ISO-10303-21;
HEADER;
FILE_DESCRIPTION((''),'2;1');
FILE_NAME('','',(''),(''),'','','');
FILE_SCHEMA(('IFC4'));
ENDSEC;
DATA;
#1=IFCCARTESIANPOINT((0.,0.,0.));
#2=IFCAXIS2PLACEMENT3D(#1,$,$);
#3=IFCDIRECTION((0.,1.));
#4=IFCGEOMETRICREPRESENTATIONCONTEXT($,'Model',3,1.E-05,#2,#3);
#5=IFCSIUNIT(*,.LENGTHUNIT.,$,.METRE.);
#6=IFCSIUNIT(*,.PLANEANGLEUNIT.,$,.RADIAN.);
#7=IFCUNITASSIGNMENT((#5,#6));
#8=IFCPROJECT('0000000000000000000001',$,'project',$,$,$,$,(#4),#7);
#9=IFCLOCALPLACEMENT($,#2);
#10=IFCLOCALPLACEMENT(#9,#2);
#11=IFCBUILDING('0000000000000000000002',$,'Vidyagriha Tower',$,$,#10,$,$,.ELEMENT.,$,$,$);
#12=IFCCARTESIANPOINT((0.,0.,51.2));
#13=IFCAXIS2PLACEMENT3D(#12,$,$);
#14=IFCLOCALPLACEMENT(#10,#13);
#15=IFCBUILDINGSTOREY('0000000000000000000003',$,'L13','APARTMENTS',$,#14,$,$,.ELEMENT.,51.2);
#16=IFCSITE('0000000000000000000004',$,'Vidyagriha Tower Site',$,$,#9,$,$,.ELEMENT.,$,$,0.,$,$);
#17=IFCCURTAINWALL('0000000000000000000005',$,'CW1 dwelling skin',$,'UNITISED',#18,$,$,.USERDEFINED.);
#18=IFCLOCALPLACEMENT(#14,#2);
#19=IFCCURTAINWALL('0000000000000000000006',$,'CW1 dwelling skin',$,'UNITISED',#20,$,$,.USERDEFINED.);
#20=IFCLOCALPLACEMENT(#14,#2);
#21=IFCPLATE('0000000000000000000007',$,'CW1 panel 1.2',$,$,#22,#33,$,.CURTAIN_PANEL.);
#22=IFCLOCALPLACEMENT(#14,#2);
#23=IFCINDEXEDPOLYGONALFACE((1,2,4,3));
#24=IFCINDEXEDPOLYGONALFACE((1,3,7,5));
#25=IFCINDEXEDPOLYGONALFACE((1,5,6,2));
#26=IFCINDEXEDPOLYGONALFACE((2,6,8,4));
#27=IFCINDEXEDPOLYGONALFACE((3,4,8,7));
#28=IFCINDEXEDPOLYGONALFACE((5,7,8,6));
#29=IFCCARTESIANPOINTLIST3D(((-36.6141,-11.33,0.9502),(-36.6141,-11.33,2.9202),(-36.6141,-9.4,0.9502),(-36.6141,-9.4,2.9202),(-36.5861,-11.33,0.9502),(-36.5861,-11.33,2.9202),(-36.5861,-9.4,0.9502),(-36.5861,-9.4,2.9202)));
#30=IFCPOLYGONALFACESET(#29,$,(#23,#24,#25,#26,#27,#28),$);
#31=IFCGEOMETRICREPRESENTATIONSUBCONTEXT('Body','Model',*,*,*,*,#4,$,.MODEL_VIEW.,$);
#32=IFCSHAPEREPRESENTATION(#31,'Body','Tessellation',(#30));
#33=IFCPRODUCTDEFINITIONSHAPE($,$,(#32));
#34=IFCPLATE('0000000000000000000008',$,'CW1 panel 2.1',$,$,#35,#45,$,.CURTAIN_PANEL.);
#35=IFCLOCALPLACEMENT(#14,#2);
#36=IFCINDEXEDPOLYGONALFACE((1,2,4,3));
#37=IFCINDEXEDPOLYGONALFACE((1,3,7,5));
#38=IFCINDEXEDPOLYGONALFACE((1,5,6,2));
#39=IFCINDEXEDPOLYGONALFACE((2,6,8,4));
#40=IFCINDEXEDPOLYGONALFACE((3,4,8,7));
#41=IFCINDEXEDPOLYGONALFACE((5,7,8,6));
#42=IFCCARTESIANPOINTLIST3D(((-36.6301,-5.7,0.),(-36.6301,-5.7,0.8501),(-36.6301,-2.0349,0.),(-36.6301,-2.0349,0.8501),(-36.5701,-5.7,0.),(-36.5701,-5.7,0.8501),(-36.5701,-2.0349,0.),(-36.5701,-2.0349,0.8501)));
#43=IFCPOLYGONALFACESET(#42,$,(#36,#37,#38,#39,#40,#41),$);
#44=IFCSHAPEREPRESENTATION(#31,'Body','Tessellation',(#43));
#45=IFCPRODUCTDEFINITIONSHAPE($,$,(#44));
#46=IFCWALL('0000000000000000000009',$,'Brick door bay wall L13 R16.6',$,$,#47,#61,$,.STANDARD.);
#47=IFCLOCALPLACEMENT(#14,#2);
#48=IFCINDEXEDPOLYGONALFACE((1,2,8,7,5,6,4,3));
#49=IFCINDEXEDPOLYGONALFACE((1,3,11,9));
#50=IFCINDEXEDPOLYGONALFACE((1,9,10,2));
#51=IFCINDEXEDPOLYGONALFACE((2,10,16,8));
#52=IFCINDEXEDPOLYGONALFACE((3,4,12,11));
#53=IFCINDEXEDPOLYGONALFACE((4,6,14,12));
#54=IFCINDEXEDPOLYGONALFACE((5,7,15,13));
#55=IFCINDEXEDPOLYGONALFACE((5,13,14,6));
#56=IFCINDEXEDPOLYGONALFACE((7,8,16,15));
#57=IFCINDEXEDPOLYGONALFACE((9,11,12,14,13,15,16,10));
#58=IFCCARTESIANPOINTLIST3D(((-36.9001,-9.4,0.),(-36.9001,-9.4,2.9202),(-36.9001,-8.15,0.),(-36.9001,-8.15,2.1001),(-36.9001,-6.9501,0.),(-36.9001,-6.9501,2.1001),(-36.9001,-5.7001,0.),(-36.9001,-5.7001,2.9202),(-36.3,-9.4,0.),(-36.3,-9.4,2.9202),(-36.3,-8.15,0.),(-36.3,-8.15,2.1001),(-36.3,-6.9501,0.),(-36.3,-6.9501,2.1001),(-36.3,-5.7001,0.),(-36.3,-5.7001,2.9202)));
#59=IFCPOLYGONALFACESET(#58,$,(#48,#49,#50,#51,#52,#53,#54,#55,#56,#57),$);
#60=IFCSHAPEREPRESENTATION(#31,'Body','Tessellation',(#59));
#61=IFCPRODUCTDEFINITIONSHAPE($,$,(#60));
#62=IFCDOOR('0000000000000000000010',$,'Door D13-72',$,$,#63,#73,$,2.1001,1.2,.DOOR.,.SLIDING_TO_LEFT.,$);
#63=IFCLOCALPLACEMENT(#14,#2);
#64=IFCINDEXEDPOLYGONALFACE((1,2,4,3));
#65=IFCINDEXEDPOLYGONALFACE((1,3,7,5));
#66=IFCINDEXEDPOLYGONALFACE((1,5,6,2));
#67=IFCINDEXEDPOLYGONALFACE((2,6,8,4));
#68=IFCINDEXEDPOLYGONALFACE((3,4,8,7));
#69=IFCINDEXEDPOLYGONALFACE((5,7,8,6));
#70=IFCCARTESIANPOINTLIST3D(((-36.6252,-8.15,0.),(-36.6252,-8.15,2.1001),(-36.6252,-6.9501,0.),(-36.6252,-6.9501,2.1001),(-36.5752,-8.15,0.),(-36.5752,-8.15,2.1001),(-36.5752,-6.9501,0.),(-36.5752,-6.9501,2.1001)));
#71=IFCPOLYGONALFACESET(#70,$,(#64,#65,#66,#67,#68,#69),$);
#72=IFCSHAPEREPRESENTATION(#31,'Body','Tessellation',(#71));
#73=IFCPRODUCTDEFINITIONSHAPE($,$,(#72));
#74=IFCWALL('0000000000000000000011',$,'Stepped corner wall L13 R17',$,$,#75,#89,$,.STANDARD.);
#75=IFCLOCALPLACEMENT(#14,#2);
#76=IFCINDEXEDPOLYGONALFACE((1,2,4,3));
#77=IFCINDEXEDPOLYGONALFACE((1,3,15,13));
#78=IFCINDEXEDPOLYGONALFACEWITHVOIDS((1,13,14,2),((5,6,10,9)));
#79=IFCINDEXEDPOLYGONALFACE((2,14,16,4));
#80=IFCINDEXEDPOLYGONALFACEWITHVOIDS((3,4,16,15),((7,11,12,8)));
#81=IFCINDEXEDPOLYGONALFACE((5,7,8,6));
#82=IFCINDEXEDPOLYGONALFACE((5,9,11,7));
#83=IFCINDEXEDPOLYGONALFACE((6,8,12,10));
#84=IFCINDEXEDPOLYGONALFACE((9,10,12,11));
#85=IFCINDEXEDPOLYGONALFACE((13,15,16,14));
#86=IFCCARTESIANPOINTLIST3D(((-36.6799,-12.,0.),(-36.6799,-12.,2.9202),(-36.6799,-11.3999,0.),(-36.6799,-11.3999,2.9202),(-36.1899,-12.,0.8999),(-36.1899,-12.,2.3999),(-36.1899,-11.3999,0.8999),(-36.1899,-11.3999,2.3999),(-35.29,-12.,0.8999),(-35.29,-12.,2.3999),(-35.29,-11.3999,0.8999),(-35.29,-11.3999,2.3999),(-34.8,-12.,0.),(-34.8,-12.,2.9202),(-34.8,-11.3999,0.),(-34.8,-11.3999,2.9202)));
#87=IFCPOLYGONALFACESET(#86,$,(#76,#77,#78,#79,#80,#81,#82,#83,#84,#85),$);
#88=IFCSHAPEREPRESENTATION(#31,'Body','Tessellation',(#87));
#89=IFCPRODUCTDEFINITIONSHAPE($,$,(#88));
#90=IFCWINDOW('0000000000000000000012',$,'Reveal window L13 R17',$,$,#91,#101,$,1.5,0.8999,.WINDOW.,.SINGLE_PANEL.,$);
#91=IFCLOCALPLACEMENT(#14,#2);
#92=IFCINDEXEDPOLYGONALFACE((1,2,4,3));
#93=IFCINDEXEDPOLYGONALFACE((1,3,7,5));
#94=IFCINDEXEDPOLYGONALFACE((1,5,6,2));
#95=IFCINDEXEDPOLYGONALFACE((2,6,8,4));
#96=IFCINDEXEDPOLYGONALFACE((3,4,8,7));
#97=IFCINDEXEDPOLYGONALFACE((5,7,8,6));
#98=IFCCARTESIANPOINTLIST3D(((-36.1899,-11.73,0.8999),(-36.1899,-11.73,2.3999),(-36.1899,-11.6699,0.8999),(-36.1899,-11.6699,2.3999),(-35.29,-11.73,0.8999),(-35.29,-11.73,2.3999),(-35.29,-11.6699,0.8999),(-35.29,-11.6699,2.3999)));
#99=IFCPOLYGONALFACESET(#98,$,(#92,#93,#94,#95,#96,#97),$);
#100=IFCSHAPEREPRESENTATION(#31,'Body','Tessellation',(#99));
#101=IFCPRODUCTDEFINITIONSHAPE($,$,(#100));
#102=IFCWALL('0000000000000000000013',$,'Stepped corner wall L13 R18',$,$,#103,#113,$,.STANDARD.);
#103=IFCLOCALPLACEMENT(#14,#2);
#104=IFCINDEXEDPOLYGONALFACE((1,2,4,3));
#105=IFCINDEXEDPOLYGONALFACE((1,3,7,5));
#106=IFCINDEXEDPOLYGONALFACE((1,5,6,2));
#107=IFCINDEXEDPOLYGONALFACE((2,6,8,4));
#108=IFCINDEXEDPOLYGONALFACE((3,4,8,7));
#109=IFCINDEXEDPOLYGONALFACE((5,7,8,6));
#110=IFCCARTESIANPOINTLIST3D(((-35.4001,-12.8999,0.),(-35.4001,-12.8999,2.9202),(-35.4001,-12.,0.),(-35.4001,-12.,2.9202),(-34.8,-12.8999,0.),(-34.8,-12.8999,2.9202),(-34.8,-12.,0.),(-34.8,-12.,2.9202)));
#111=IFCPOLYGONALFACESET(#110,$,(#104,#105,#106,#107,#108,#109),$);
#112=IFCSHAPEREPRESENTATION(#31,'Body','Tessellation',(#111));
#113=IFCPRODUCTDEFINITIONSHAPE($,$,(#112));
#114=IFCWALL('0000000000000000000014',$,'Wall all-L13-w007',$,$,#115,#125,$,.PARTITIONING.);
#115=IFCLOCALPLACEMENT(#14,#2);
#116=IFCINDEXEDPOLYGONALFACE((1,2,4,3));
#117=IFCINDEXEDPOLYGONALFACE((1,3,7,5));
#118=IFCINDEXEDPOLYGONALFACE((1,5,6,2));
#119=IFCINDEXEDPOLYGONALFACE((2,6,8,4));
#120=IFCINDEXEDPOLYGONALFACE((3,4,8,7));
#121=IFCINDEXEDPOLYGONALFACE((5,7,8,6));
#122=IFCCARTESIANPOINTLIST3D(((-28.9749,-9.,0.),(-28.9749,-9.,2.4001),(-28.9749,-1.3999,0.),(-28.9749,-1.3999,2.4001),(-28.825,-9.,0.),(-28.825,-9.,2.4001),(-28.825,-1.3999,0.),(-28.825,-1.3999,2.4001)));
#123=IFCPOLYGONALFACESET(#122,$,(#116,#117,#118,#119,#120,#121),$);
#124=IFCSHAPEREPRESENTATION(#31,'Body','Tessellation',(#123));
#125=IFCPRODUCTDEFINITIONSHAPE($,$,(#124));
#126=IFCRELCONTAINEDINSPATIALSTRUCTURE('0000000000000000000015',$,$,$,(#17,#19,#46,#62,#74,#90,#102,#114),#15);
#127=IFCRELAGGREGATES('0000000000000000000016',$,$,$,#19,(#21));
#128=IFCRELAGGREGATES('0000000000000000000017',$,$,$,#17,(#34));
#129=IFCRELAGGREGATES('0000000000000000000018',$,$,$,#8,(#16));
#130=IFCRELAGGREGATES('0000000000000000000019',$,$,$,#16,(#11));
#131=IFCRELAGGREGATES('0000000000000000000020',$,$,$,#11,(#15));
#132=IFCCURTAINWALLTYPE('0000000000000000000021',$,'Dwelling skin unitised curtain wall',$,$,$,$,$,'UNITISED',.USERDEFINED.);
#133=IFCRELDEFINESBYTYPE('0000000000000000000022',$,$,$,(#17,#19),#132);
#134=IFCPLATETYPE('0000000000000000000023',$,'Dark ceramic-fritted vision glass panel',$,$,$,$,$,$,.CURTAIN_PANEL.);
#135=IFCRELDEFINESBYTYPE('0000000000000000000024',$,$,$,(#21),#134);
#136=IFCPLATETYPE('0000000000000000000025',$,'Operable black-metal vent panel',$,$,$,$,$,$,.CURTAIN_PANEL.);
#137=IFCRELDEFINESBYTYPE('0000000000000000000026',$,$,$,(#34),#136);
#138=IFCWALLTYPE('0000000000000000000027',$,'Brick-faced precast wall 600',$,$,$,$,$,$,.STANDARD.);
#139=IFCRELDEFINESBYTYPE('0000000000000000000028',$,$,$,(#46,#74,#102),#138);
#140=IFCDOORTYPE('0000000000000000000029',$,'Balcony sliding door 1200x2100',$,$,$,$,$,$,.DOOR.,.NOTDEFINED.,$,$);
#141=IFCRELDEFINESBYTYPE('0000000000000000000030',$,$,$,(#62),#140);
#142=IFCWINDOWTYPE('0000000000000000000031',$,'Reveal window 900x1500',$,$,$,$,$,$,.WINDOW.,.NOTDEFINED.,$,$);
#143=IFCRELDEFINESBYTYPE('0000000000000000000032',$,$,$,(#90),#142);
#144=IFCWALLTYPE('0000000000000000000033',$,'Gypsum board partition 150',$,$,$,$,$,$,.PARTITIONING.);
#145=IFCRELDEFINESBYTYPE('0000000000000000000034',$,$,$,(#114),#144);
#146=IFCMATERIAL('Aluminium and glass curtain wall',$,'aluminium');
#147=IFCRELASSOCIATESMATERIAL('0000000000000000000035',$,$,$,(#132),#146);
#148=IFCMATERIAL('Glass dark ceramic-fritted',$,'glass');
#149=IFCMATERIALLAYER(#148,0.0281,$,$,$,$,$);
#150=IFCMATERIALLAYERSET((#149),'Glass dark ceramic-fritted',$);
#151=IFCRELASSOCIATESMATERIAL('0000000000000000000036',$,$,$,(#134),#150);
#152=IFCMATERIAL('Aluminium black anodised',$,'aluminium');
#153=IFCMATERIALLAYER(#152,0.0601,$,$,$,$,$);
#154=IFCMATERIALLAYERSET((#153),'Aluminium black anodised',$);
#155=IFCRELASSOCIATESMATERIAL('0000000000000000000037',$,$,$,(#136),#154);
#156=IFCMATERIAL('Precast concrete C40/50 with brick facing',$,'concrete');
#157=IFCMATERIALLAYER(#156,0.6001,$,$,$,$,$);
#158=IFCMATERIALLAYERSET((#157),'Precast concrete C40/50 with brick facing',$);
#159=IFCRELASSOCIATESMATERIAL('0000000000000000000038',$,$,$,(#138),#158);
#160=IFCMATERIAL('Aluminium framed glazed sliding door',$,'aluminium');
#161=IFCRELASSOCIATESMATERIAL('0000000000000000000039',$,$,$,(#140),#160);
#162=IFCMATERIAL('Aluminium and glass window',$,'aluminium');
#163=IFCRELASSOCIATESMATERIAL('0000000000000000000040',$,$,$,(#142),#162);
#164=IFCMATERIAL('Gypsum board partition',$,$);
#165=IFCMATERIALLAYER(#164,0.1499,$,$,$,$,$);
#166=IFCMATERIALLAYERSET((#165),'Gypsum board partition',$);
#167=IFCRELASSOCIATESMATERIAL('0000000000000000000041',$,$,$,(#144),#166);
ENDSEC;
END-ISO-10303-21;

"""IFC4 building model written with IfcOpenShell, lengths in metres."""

from ifc_helpers import new_model, si_unit, direction, frame, frame_2d, origin, origin_2d, place, context, subcontext, project, spatial, rectangle, extrude, material, layer, layer_set, type_object, element, fill, aggregate, save


model = new_model("IFC4")

# Units and contexts
model_context = context("Model", 3, precision=1e-05, world=origin(), true_north=direction((0.0, 1.0)))
body_context = subcontext(model_context, "Body", "Model", "MODEL_VIEW")
ifc_project = project(units=[si_unit("LENGTHUNIT", "METRE"), si_unit("PLANEANGLEUNIT", "RADIAN")], contexts=[model_context])

# Site, building, storey
site_placement = place(None, origin())
site = spatial("IfcSite", under=ifc_project, at=site_placement, Name="Vidyagriha Tower Site", CompositionType="ELEMENT", RefElevation=0.0)
building_placement = place(site_placement, origin())
building = spatial("IfcBuilding", under=site, at=building_placement, Name="Vidyagriha Tower", CompositionType="ELEMENT")
storey_placement = place(building_placement, frame((0.0, 0.0, 51.2)))
storey = spatial("IfcBuildingStorey", under=building, at=storey_placement, Name="L13", Description="APARTMENTS", CompositionType="ELEMENT", Elevation=51.2)

# Curtain walls
ifc_material_1 = material(Name="Aluminium and glass curtain wall", Category="aluminium")
curtain_wall_type = type_object("IfcCurtainWallType", Name="Dwelling skin unitised curtain wall", ElementType="UNITISED", PredefinedType="USERDEFINED", material=ifc_material_1)
curtain_wall_1_placement = place(storey_placement, origin())
curtain_wall_1 = element("IfcCurtainWall", 1, at=curtain_wall_1_placement, inside=storey, type_object=curtain_wall_type, Name="CW1 dwelling skin", ObjectType="UNITISED", PredefinedType="USERDEFINED")
curtain_wall_2_placement = place(storey_placement, origin())
curtain_wall_2 = element("IfcCurtainWall", 2, at=curtain_wall_2_placement, inside=storey, type_object=curtain_wall_type, Name="CW1 dwelling skin", ObjectType="UNITISED", PredefinedType="USERDEFINED")

# Plates
ifc_material_2 = material(Name="Glass dark ceramic-fritted", Category="glass")
ifc_layer_1 = layer(ifc_material_2, 0.0281)
ifc_layer_set_1 = layer_set([ifc_layer_1], Name="Glass dark ceramic-fritted")
plate_type_1 = type_object("IfcPlateType", Name="Dark ceramic-fritted vision glass panel", PredefinedType="CURTAIN_PANEL", material=ifc_layer_set_1)
plate_1_placement = place(storey_placement, frame((-36.6001, -10.365, 0.9502), z_axis=(0.0, 0.0, 1.0), x_axis=(0.0, -1.0, 0.0)))
plate_1 = element("IfcPlate", 3, at=plate_1_placement, type_object=plate_type_1, Name="CW1 panel 1.2", PredefinedType="CURTAIN_PANEL", context=body_context, shape_type="SweptSolid", body=[
    extrude(rectangle(XDim=1.9299, YDim=0.0281, at=origin_2d()), origin(), (0.0, 0.0, 1.0), 1.97),
])
aggregate(curtain_wall_2, [plate_1])
ifc_material_3 = material(Name="Aluminium black anodised", Category="aluminium")
ifc_layer_2 = layer(ifc_material_3, 0.0601)
ifc_layer_set_2 = layer_set([ifc_layer_2], Name="Aluminium black anodised")
plate_type_2 = type_object("IfcPlateType", Name="Operable black-metal vent panel", PredefinedType="CURTAIN_PANEL", material=ifc_layer_set_2)
plate_2_placement = place(storey_placement, frame((-36.6001, -3.8674, 0.0), z_axis=(0.0, 0.0, 1.0), x_axis=(0.0, -1.0, 0.0)))
plate_2 = element("IfcPlate", 4, at=plate_2_placement, type_object=plate_type_2, Name="CW1 panel 2.1", PredefinedType="CURTAIN_PANEL", context=body_context, shape_type="SweptSolid", body=[
    extrude(rectangle(XDim=3.665, YDim=0.0601, at=origin_2d()), origin(), (0.0, 0.0, 1.0), 0.8501),
])
aggregate(curtain_wall_1, [plate_2])

# Wall, opening, door
ifc_material_4 = material(Name="Precast concrete C40/50 with brick facing", Category="concrete")
ifc_layer_3 = layer(ifc_material_4, 0.6001)
ifc_layer_set_3 = layer_set([ifc_layer_3], Name="Precast concrete C40/50 with brick facing")
wall_type_1 = type_object("IfcWallType", Name="Brick-faced precast wall 600", PredefinedType="STANDARD", material=ifc_layer_set_3)
wall_1_placement = place(storey_placement, frame((-36.6001, -5.7, 0.0), z_axis=(0.0, 0.0, 1.0), x_axis=(0.0, -1.0, 0.0)))
wall_1 = element("IfcWall", 5, at=wall_1_placement, inside=storey, type_object=wall_type_1, Name="Brick door bay wall L13 R16.6", PredefinedType="STANDARD", context=body_context, shape_type="SweptSolid", body=[
    extrude(rectangle(XDim=3.7, YDim=0.6001, at=frame_2d((1.8501, 0.0))), origin(), (0.0, 0.0, 1.0), 2.9202),
])
opening_1_placement = place(wall_1_placement, frame((1.25, 0.0, 0.0)))
opening_1 = element("IfcOpeningElement", 6, at=opening_1_placement, cuts=wall_1, PredefinedType="OPENING", context=body_context, shape_type="SweptSolid", body=[
    extrude(rectangle(XDim=1.2, YDim=2.1001, at=frame_2d((0.6001, 1.05))), frame((0.0, 0.3101, 0.0), z_axis=(0.0, -1.0, 0.0), x_axis=(1.0, 0.0, 0.0)), (0.0, 0.0, 1.0), 0.6201),
])
ifc_material_5 = material(Name="Aluminium framed glazed sliding door", Category="aluminium")
door_type_1 = type_object("IfcDoorType", Name="Balcony sliding door 1200x2100", OperationType="NOTDEFINED", PredefinedType="DOOR", material=ifc_material_5)
door_1_placement = place(opening_1_placement, origin())
door_1 = element("IfcDoor", 7, at=door_1_placement, inside=storey, type_object=door_type_1, Name="Door D13-72", OperationType="SLIDING_TO_LEFT", OverallHeight=2.1001, OverallWidth=1.2, PredefinedType="DOOR", context=body_context, shape_type="SweptSolid", body=[
    extrude(rectangle(XDim=1.2, YDim=2.1001, at=frame_2d((0.6001, 1.05))), frame((0.0, 0.0249, 0.0), z_axis=(0.0, -1.0, 0.0), x_axis=(1.0, 0.0, 0.0)), (0.0, 0.0, 1.0), 0.05),
])
fill(opening_1, door_1)

# Wall, opening, window
wall_2_placement = place(storey_placement, frame((-36.6799, -11.7, 0.0)))
wall_2 = element("IfcWall", 8, at=wall_2_placement, inside=storey, type_object=wall_type_1, Name="Stepped corner wall L13 R17", PredefinedType="STANDARD", context=body_context, shape_type="SweptSolid", body=[
    extrude(rectangle(XDim=1.8799, YDim=0.6001, at=frame_2d((0.9399, 0.0))), origin(), (0.0, 0.0, 1.0), 2.9202),
])
opening_2_placement = place(wall_2_placement, frame((0.49, 0.0, 0.8999)))
opening_2 = element("IfcOpeningElement", 9, at=opening_2_placement, cuts=wall_2, PredefinedType="OPENING", context=body_context, shape_type="SweptSolid", body=[
    extrude(rectangle(XDim=0.8999, YDim=1.5, at=frame_2d((0.45, 0.75))), frame((0.0, 0.3101, 0.0), z_axis=(0.0, -1.0, 0.0), x_axis=(1.0, 0.0, 0.0)), (0.0, 0.0, 1.0), 0.6201),
])
ifc_material_6 = material(Name="Aluminium and glass window", Category="aluminium")
window_type = type_object("IfcWindowType", Name="Reveal window 900x1500", PartitioningType="NOTDEFINED", PredefinedType="WINDOW", material=ifc_material_6)
window_placement = place(opening_2_placement, origin())
window = element("IfcWindow", 10, at=window_placement, inside=storey, type_object=window_type, Name="Reveal window L13 R17", OverallHeight=1.5, OverallWidth=0.8999, PartitioningType="SINGLE_PANEL", PredefinedType="WINDOW", context=body_context, shape_type="SweptSolid", body=[
    extrude(rectangle(XDim=0.8999, YDim=1.5, at=frame_2d((0.45, 0.75))), frame((0.0, 0.03, 0.0), z_axis=(0.0, -1.0, 0.0), x_axis=(1.0, 0.0, 0.0)), (0.0, 0.0, 1.0), 0.0601),
])
fill(opening_2, window)

# Walls
wall_3_placement = place(storey_placement, frame((-35.1001, -12.0, 0.0), z_axis=(0.0, 0.0, 1.0), x_axis=(0.0, -1.0, 0.0)))
element("IfcWall", 11, at=wall_3_placement, inside=storey, type_object=wall_type_1, Name="Stepped corner wall L13 R18", PredefinedType="STANDARD", context=body_context, shape_type="SweptSolid", body=[
    extrude(rectangle(XDim=0.8999, YDim=0.6001, at=frame_2d((0.45, 0.0))), origin(), (0.0, 0.0, 1.0), 2.9202),
])
ifc_material_7 = material(Name="Gypsum board partition")
ifc_layer_4 = layer(ifc_material_7, 0.1499)
ifc_layer_set_4 = layer_set([ifc_layer_4], Name="Gypsum board partition")
wall_type_2 = type_object("IfcWallType", Name="Gypsum board partition 150", PredefinedType="PARTITIONING", material=ifc_layer_set_4)
wall_4_placement = place(storey_placement, frame((-28.8999, -9.0, 0.0), z_axis=(0.0, 0.0, 1.0), x_axis=(0.0, 1.0, 0.0)))
element("IfcWall", 12, at=wall_4_placement, inside=storey, type_object=wall_type_2, Name="Wall all-L13-w007", PredefinedType="PARTITIONING", context=body_context, shape_type="SweptSolid", body=[
    extrude(rectangle(XDim=7.6001, YDim=0.1499, at=frame_2d((3.8, 0.0))), origin(), (0.0, 0.0, 1.0), 2.4001),
])

save(model, "model.ifc")
